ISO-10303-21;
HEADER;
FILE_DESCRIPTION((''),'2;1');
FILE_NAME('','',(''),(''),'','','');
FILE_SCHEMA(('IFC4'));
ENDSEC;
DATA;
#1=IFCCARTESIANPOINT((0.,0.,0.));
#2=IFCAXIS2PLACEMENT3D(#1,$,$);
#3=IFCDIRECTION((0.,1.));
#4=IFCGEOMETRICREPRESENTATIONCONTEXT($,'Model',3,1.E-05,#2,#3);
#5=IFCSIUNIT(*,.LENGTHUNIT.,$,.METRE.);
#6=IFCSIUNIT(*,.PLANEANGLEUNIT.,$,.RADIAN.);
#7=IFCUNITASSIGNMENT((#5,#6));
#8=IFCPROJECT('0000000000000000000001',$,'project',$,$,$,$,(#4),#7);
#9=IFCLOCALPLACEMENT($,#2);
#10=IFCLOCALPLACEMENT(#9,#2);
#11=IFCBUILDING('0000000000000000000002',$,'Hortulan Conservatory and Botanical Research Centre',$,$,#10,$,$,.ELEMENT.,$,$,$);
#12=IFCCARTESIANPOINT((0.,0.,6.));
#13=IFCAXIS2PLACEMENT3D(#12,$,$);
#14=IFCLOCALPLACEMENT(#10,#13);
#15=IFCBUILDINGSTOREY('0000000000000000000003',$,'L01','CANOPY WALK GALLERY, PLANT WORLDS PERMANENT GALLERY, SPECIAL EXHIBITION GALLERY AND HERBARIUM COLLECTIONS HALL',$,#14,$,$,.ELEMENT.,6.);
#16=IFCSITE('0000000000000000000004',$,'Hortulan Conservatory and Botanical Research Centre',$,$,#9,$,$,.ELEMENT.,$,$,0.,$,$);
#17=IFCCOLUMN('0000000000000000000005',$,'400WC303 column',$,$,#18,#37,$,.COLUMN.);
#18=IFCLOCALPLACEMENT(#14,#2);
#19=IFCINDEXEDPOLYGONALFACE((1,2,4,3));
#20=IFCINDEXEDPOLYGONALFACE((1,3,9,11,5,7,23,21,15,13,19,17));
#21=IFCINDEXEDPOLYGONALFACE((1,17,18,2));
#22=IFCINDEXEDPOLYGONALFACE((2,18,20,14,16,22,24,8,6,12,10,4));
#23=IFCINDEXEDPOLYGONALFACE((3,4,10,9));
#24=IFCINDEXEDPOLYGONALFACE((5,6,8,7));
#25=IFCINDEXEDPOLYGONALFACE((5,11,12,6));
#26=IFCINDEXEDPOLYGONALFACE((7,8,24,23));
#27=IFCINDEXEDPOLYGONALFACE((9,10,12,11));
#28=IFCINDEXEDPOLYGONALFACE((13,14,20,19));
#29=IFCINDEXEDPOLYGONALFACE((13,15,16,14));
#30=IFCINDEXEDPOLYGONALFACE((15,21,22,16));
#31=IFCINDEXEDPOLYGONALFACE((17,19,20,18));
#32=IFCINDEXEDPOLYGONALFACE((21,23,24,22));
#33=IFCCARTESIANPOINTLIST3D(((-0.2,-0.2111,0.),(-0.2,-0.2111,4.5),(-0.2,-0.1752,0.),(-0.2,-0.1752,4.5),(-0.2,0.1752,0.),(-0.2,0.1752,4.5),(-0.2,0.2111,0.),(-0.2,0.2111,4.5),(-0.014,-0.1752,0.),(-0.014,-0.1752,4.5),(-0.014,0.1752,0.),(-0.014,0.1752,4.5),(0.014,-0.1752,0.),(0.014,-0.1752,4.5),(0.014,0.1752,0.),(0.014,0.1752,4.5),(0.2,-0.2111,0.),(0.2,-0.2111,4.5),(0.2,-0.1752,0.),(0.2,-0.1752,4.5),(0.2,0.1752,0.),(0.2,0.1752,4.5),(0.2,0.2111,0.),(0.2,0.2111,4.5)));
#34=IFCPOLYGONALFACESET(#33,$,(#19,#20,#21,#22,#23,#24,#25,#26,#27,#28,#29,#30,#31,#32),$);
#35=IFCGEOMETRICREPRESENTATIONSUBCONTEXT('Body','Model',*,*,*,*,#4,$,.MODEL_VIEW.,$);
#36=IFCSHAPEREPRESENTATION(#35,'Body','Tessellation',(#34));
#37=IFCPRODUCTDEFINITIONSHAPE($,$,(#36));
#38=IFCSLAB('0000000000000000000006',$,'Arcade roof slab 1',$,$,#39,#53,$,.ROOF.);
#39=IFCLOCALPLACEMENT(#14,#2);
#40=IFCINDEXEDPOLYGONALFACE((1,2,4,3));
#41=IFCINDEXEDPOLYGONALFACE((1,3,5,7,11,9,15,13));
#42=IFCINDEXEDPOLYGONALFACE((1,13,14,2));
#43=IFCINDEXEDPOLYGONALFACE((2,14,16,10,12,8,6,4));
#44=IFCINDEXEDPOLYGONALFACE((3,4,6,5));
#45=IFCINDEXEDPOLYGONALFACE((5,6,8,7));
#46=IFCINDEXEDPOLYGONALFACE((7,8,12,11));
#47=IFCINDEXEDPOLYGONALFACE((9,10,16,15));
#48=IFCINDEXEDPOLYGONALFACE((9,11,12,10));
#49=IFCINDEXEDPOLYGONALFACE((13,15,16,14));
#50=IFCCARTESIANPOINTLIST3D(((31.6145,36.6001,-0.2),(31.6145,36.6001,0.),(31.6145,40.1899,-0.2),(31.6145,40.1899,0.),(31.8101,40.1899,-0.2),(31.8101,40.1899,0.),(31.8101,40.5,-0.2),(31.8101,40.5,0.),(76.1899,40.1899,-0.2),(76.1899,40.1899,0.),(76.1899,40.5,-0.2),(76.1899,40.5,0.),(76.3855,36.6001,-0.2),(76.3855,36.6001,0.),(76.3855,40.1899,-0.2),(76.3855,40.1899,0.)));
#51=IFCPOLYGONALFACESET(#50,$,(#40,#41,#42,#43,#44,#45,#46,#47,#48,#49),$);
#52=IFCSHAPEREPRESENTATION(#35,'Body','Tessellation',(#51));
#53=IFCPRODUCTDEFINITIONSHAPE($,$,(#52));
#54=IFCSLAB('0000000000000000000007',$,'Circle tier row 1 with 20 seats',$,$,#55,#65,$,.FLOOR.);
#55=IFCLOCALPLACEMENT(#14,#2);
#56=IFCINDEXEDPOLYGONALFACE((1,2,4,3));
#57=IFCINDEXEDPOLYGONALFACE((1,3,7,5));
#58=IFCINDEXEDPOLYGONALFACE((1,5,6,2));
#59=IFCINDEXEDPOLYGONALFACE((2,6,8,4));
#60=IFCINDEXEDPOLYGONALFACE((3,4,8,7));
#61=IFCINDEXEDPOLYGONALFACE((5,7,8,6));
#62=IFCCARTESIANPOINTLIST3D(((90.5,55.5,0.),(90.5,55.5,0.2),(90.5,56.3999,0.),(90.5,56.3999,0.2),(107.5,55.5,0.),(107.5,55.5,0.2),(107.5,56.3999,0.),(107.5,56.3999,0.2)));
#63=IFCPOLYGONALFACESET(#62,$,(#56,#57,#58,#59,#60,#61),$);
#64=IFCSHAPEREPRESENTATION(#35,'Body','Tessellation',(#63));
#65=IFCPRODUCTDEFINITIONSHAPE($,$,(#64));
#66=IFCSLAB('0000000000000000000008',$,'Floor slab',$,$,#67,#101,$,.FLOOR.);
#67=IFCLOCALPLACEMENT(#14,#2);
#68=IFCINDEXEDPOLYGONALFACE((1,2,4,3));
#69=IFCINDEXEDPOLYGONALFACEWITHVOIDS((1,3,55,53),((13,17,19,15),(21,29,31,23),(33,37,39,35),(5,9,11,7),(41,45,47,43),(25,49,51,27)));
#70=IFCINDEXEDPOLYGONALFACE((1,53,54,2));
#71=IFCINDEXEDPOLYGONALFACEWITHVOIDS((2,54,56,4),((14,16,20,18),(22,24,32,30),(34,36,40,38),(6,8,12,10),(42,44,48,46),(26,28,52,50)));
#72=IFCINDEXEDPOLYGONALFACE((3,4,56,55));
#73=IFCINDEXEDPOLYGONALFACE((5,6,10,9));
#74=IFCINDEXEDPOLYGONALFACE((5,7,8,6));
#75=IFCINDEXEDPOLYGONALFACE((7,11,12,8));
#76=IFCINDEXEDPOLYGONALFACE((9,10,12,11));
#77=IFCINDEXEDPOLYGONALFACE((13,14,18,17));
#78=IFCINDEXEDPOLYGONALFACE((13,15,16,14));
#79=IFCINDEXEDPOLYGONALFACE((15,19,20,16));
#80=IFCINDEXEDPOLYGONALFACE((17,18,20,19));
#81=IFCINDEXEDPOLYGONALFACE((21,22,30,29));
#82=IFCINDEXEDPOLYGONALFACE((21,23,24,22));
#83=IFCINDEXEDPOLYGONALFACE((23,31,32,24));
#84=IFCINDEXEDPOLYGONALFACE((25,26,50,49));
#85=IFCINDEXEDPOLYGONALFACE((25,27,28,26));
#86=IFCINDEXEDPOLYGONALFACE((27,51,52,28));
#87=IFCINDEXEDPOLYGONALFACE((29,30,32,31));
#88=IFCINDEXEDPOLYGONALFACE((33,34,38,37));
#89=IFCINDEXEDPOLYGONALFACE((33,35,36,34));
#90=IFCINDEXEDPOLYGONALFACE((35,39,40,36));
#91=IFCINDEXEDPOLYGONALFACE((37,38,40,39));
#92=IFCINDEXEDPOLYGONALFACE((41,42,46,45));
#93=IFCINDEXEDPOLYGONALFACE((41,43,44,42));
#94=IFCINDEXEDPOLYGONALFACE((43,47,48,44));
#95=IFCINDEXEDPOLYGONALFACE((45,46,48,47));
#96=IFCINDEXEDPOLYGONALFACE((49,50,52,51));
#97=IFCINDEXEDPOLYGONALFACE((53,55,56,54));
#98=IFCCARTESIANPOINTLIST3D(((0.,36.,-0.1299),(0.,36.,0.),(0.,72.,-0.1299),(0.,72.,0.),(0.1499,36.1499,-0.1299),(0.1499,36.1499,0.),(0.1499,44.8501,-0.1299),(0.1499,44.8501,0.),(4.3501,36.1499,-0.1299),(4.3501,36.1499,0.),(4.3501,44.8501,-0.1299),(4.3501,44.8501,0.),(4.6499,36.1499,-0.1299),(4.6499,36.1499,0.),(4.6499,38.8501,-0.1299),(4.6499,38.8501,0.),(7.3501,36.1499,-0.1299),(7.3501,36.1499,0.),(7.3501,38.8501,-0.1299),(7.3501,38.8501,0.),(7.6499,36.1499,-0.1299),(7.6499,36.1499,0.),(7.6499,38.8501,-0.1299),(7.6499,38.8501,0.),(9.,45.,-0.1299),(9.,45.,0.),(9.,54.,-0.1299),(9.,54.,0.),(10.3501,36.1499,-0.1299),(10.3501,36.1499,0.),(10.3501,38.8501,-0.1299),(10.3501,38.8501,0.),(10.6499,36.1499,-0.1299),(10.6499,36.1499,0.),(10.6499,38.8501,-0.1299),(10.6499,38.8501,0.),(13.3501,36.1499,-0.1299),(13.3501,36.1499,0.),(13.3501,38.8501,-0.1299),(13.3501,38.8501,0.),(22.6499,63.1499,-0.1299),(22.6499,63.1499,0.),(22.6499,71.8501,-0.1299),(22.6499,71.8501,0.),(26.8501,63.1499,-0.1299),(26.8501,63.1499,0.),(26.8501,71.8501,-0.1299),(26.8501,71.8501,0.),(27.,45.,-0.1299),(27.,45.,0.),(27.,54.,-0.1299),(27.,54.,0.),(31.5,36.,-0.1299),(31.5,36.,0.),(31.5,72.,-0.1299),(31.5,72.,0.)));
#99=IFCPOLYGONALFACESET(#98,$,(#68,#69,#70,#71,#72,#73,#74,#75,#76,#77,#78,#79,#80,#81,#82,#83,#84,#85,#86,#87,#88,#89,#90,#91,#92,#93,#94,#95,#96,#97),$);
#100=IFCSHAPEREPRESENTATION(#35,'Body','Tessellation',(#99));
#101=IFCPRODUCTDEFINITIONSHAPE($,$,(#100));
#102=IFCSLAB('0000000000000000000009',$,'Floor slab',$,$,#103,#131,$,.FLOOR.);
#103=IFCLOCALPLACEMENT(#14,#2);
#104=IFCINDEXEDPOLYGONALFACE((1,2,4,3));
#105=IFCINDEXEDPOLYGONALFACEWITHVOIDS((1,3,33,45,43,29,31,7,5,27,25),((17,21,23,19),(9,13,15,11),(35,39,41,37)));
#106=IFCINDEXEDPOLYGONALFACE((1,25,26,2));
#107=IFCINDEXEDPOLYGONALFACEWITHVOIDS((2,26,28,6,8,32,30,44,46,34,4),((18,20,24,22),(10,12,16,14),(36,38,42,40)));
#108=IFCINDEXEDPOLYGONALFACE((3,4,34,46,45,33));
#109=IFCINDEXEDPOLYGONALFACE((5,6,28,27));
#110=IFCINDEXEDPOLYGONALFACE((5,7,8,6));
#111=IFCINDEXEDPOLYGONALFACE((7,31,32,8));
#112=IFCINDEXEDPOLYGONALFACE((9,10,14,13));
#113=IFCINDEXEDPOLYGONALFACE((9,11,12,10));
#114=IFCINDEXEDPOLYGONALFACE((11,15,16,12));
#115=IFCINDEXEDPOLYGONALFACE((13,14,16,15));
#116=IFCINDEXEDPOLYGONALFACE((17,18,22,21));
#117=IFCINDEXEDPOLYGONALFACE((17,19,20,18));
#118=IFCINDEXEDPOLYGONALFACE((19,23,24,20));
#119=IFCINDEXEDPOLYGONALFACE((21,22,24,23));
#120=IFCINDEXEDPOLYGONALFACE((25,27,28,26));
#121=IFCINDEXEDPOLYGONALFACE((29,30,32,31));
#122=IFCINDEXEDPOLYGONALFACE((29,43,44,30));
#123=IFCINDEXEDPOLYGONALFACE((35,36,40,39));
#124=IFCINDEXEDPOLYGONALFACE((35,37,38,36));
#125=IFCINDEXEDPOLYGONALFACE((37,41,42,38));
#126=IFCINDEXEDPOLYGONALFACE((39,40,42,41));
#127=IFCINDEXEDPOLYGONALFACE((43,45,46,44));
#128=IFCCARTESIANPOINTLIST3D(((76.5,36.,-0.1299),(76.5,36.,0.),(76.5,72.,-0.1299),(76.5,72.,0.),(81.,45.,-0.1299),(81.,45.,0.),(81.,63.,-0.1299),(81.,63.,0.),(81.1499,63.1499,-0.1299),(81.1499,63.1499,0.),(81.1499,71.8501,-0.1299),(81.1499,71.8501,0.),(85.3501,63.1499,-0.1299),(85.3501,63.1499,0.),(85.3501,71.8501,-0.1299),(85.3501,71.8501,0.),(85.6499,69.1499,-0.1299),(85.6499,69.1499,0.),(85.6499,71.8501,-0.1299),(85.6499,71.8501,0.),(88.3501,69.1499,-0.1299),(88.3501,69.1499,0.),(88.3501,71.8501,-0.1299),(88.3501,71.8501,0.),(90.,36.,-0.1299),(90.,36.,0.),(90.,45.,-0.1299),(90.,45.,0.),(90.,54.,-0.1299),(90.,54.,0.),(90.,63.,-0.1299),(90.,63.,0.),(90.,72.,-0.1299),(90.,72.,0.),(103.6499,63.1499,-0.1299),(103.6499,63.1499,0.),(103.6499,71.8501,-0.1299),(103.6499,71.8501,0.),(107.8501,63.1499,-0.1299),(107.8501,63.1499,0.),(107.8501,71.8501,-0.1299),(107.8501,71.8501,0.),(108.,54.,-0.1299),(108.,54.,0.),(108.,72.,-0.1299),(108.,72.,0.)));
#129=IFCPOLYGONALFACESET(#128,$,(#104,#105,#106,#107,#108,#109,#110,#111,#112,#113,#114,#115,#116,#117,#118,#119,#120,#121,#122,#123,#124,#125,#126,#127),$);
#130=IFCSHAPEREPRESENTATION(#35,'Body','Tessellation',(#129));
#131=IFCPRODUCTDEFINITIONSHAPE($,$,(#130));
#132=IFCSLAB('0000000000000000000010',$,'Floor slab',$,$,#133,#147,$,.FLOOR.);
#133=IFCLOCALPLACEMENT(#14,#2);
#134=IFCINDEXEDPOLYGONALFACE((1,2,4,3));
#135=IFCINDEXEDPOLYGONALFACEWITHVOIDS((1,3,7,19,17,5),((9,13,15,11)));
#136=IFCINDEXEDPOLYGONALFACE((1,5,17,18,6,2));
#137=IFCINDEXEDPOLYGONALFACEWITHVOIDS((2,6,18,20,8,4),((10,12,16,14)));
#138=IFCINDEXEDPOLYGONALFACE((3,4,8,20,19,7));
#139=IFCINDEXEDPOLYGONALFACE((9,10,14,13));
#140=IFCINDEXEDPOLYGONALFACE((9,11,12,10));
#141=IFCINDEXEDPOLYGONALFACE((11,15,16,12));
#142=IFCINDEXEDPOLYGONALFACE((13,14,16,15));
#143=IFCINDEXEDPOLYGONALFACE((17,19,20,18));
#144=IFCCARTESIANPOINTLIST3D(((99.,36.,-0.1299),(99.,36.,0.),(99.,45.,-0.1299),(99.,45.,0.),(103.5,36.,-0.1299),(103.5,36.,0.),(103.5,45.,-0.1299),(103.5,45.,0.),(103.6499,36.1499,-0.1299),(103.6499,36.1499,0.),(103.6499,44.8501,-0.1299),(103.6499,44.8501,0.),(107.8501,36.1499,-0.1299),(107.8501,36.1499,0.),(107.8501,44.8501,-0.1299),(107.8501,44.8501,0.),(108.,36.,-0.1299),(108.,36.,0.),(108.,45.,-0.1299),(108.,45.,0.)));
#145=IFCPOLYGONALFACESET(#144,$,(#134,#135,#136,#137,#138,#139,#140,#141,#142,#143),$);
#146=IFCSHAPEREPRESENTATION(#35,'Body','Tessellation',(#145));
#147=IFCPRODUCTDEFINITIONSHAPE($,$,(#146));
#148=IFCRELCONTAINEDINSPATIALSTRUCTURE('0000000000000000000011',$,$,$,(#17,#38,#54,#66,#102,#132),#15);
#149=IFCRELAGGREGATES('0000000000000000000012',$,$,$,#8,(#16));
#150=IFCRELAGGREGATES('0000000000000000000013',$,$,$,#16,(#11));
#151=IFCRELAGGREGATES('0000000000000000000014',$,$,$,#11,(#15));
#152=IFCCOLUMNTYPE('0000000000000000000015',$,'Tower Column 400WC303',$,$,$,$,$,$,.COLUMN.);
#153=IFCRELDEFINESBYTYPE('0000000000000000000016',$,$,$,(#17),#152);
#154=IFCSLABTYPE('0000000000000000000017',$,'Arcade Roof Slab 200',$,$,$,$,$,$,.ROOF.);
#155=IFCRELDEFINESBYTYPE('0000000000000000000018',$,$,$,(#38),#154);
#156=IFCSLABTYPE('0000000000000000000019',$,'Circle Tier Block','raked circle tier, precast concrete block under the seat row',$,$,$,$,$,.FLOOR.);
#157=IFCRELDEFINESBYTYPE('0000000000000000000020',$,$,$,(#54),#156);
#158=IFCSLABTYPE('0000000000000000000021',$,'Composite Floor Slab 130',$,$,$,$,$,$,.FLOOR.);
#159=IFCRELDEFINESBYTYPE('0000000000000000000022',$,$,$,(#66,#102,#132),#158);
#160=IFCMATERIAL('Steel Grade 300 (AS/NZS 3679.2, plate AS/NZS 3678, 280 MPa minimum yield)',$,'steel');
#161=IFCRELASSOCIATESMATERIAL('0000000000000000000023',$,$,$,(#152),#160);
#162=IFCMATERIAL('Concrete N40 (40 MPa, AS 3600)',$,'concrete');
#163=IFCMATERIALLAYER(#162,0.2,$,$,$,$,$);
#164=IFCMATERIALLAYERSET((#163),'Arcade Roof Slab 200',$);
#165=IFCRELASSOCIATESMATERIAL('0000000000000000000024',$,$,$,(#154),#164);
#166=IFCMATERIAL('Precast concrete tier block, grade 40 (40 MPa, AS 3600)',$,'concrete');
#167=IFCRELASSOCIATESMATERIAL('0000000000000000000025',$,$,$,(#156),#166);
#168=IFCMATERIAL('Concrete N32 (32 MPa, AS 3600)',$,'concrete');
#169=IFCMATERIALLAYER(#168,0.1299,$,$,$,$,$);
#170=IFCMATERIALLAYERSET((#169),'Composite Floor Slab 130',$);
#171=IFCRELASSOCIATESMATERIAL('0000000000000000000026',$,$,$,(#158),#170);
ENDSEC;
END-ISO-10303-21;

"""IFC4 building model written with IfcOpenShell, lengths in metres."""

from ifc_helpers import new_model, si_unit, direction, frame, origin, origin_with_axes, origin_2d, place, context, subcontext, project, spatial, polyline, i_section, outline, extrude, material, layer, layer_set, material_profile, profile_set, type_object, element, save


model = new_model("IFC4")

# Units and contexts
model_context = context("Model", 3, precision=1e-05, world=origin(), true_north=direction((0.0, 1.0)))
body_context = subcontext(model_context, "Body", "Model", "MODEL_VIEW")
ifc_project = project(units=[si_unit("LENGTHUNIT", "METRE"), si_unit("PLANEANGLEUNIT", "RADIAN")], contexts=[model_context])

# Site, building, storey
site_placement = place(None, origin())
site = spatial("IfcSite", under=ifc_project, at=site_placement, Name="Hortulan Conservatory and Botanical Research Centre", CompositionType="ELEMENT", RefElevation=0.0)
building_placement = place(site_placement, origin())
building = spatial("IfcBuilding", under=site, at=building_placement, Name="Hortulan Conservatory and Botanical Research Centre", CompositionType="ELEMENT")
storey_placement = place(building_placement, frame((0.0, 0.0, 6.0)))
storey = spatial("IfcBuildingStorey", under=building, at=storey_placement, Name="L01", Description="CANOPY WALK GALLERY, PLANT WORLDS PERMANENT GALLERY, SPECIAL EXHIBITION GALLERY AND HERBARIUM COLLECTIONS HALL", CompositionType="ELEMENT", Elevation=6.0)

# Column
ifc_material_1 = material(Name="Steel Grade 300 (AS/NZS 3679.2, plate AS/NZS 3678, 280 MPa minimum yield)", Category="steel")
ifc_material_profile = material_profile(ifc_material_1, i_section(OverallWidth=0.3999, OverallDepth=0.4221, WebThickness=0.0281, FlangeThickness=0.0359, at=origin_2d()), Name="400WC303")
ifc_profile_set = profile_set([ifc_material_profile], Name="Steel Grade 300 (AS/NZS 3679.2, plate AS/NZS 3678, 280 MPa minimum yield)")
column_type = type_object("IfcColumnType", Name="Tower Column 400WC303", PredefinedType="COLUMN", material=ifc_profile_set)
column_placement = place(storey_placement, origin_with_axes())
element("IfcColumn", 1, at=column_placement, inside=storey, type_object=column_type, Name="400WC303 column", PredefinedType="COLUMN", context=body_context, shape_type="SweptSolid", body=[
    extrude(i_section(OverallWidth=0.3999, OverallDepth=0.4221, WebThickness=0.0281, FlangeThickness=0.0359, at=origin_2d()), origin(), (0.0, 0.0, 1.0), 4.5),
])

# Slabs
ifc_material_2 = material(Name="Concrete N40 (40 MPa, AS 3600)", Category="concrete")
ifc_layer_1 = layer(ifc_material_2, 0.2)
ifc_layer_set_1 = layer_set([ifc_layer_1], Name="Arcade Roof Slab 200")
slab_type_1 = type_object("IfcSlabType", Name="Arcade Roof Slab 200", PredefinedType="ROOF", material=ifc_layer_set_1)
slab_1_placement = place(storey_placement, frame((0.0, 0.0, -0.2)))
element("IfcSlab", 2, at=slab_1_placement, inside=storey, type_object=slab_type_1, Name="Arcade roof slab 1", PredefinedType="ROOF", context=body_context, shape_type="SweptSolid", body=[
    extrude(outline(polyline([(31.6145, 36.6001), (31.6145, 40.1899), (31.8101, 40.1899), (31.8101, 40.5), (76.1899, 40.5), (76.1899, 40.1899), (76.3855, 40.1899), (76.3855, 36.6001), (31.6145, 36.6001)])), origin(), (0.0, 0.0, 1.0), 0.2),
])
ifc_material_3 = material(Name="Precast concrete tier block, grade 40 (40 MPa, AS 3600)", Category="concrete")
slab_type_2 = type_object("IfcSlabType", Name="Circle Tier Block", Description="raked circle tier, precast concrete block under the seat row", PredefinedType="FLOOR", material=ifc_material_3)
slab_2_placement = place(storey_placement, origin())
element("IfcSlab", 3, at=slab_2_placement, inside=storey, type_object=slab_type_2, Name="Circle tier row 1 with 20 seats", PredefinedType="FLOOR", context=body_context, shape_type="SweptSolid", body=[
    extrude(outline(polyline([(90.5, 55.5), (107.5, 55.5), (107.5, 56.3999), (90.5, 56.3999), (90.5, 55.5)])), origin(), (0.0, 0.0, 1.0), 0.2),
])
ifc_material_4 = material(Name="Concrete N32 (32 MPa, AS 3600)", Category="concrete")
ifc_layer_2 = layer(ifc_material_4, 0.1299)
ifc_layer_set_2 = layer_set([ifc_layer_2], Name="Composite Floor Slab 130")
slab_type_3 = type_object("IfcSlabType", Name="Composite Floor Slab 130", PredefinedType="FLOOR", material=ifc_layer_set_2)
slab_3_placement = place(storey_placement, frame((0.0, 0.0, -0.1299)))
element("IfcSlab", 4, at=slab_3_placement, inside=storey, type_object=slab_type_3, Name="Floor slab", PredefinedType="FLOOR", context=body_context, shape_type="SweptSolid", body=[
    extrude(outline(polyline([(0.0, 72.0), (0.0, 36.0), (31.5, 36.0), (31.5, 72.0), (0.0, 72.0)]), holes=[polyline([(9.0, 54.0), (9.0, 45.0), (27.0, 45.0), (27.0, 54.0), (9.0, 54.0)]), polyline([(4.6499, 36.1499), (7.3501, 36.1499), (7.3501, 38.8501), (4.6499, 38.8501), (4.6499, 36.1499)]), polyline([(7.6499, 38.8501), (7.6499, 36.1499), (10.3501, 36.1499), (10.3501, 38.8501), (7.6499, 38.8501)]), polyline([(10.6499, 38.8501), (10.6499, 36.1499), (13.3501, 36.1499), (13.3501, 38.8501), (10.6499, 38.8501)]), polyline([(0.1499, 36.1499), (4.3501, 36.1499), (4.3501, 44.8501), (0.1499, 44.8501), (0.1499, 36.1499)]), polyline([(22.6499, 71.8501), (22.6499, 63.1499), (26.8501, 63.1499), (26.8501, 71.8501), (22.6499, 71.8501)])]), origin(), (0.0, 0.0, 1.0), 0.1299),
])
slab_4_placement = place(storey_placement, frame((0.0, 0.0, -0.1299)))
element("IfcSlab", 5, at=slab_4_placement, inside=storey, type_object=slab_type_3, Name="Floor slab", PredefinedType="FLOOR", context=body_context, shape_type="SweptSolid", body=[
    extrude(outline(polyline([(90.0, 72.0), (76.5, 72.0), (76.5, 36.0), (90.0, 36.0), (90.0, 45.0), (81.0, 45.0), (81.0, 63.0), (90.0, 63.0), (90.0, 54.0), (108.0, 54.0), (108.0, 72.0), (90.0, 72.0)]), holes=[polyline([(81.1499, 63.1499), (85.3501, 63.1499), (85.3501, 71.8501), (81.1499, 71.8501), (81.1499, 63.1499)]), polyline([(103.6499, 71.8501), (103.6499, 63.1499), (107.8501, 63.1499), (107.8501, 71.8501), (103.6499, 71.8501)]), polyline([(85.6499, 71.8501), (85.6499, 69.1499), (88.3501, 69.1499), (88.3501, 71.8501), (85.6499, 71.8501)])]), origin(), (0.0, 0.0, 1.0), 0.1299),
])
slab_5_placement = place(storey_placement, frame((0.0, 0.0, -0.1299)))
element("IfcSlab", 6, at=slab_5_placement, inside=storey, type_object=slab_type_3, Name="Floor slab", PredefinedType="FLOOR", context=body_context, shape_type="SweptSolid", body=[
    extrude(outline(polyline([(103.5, 45.0), (99.0, 45.0), (99.0, 36.0), (103.5, 36.0), (108.0, 36.0), (108.0, 45.0), (103.5, 45.0)]), holes=[polyline([(103.6499, 36.1499), (107.8501, 36.1499), (107.8501, 44.8501), (103.6499, 44.8501), (103.6499, 36.1499)])]), origin(), (0.0, 0.0, 1.0), 0.1299),
])

save(model, "model.ifc")
